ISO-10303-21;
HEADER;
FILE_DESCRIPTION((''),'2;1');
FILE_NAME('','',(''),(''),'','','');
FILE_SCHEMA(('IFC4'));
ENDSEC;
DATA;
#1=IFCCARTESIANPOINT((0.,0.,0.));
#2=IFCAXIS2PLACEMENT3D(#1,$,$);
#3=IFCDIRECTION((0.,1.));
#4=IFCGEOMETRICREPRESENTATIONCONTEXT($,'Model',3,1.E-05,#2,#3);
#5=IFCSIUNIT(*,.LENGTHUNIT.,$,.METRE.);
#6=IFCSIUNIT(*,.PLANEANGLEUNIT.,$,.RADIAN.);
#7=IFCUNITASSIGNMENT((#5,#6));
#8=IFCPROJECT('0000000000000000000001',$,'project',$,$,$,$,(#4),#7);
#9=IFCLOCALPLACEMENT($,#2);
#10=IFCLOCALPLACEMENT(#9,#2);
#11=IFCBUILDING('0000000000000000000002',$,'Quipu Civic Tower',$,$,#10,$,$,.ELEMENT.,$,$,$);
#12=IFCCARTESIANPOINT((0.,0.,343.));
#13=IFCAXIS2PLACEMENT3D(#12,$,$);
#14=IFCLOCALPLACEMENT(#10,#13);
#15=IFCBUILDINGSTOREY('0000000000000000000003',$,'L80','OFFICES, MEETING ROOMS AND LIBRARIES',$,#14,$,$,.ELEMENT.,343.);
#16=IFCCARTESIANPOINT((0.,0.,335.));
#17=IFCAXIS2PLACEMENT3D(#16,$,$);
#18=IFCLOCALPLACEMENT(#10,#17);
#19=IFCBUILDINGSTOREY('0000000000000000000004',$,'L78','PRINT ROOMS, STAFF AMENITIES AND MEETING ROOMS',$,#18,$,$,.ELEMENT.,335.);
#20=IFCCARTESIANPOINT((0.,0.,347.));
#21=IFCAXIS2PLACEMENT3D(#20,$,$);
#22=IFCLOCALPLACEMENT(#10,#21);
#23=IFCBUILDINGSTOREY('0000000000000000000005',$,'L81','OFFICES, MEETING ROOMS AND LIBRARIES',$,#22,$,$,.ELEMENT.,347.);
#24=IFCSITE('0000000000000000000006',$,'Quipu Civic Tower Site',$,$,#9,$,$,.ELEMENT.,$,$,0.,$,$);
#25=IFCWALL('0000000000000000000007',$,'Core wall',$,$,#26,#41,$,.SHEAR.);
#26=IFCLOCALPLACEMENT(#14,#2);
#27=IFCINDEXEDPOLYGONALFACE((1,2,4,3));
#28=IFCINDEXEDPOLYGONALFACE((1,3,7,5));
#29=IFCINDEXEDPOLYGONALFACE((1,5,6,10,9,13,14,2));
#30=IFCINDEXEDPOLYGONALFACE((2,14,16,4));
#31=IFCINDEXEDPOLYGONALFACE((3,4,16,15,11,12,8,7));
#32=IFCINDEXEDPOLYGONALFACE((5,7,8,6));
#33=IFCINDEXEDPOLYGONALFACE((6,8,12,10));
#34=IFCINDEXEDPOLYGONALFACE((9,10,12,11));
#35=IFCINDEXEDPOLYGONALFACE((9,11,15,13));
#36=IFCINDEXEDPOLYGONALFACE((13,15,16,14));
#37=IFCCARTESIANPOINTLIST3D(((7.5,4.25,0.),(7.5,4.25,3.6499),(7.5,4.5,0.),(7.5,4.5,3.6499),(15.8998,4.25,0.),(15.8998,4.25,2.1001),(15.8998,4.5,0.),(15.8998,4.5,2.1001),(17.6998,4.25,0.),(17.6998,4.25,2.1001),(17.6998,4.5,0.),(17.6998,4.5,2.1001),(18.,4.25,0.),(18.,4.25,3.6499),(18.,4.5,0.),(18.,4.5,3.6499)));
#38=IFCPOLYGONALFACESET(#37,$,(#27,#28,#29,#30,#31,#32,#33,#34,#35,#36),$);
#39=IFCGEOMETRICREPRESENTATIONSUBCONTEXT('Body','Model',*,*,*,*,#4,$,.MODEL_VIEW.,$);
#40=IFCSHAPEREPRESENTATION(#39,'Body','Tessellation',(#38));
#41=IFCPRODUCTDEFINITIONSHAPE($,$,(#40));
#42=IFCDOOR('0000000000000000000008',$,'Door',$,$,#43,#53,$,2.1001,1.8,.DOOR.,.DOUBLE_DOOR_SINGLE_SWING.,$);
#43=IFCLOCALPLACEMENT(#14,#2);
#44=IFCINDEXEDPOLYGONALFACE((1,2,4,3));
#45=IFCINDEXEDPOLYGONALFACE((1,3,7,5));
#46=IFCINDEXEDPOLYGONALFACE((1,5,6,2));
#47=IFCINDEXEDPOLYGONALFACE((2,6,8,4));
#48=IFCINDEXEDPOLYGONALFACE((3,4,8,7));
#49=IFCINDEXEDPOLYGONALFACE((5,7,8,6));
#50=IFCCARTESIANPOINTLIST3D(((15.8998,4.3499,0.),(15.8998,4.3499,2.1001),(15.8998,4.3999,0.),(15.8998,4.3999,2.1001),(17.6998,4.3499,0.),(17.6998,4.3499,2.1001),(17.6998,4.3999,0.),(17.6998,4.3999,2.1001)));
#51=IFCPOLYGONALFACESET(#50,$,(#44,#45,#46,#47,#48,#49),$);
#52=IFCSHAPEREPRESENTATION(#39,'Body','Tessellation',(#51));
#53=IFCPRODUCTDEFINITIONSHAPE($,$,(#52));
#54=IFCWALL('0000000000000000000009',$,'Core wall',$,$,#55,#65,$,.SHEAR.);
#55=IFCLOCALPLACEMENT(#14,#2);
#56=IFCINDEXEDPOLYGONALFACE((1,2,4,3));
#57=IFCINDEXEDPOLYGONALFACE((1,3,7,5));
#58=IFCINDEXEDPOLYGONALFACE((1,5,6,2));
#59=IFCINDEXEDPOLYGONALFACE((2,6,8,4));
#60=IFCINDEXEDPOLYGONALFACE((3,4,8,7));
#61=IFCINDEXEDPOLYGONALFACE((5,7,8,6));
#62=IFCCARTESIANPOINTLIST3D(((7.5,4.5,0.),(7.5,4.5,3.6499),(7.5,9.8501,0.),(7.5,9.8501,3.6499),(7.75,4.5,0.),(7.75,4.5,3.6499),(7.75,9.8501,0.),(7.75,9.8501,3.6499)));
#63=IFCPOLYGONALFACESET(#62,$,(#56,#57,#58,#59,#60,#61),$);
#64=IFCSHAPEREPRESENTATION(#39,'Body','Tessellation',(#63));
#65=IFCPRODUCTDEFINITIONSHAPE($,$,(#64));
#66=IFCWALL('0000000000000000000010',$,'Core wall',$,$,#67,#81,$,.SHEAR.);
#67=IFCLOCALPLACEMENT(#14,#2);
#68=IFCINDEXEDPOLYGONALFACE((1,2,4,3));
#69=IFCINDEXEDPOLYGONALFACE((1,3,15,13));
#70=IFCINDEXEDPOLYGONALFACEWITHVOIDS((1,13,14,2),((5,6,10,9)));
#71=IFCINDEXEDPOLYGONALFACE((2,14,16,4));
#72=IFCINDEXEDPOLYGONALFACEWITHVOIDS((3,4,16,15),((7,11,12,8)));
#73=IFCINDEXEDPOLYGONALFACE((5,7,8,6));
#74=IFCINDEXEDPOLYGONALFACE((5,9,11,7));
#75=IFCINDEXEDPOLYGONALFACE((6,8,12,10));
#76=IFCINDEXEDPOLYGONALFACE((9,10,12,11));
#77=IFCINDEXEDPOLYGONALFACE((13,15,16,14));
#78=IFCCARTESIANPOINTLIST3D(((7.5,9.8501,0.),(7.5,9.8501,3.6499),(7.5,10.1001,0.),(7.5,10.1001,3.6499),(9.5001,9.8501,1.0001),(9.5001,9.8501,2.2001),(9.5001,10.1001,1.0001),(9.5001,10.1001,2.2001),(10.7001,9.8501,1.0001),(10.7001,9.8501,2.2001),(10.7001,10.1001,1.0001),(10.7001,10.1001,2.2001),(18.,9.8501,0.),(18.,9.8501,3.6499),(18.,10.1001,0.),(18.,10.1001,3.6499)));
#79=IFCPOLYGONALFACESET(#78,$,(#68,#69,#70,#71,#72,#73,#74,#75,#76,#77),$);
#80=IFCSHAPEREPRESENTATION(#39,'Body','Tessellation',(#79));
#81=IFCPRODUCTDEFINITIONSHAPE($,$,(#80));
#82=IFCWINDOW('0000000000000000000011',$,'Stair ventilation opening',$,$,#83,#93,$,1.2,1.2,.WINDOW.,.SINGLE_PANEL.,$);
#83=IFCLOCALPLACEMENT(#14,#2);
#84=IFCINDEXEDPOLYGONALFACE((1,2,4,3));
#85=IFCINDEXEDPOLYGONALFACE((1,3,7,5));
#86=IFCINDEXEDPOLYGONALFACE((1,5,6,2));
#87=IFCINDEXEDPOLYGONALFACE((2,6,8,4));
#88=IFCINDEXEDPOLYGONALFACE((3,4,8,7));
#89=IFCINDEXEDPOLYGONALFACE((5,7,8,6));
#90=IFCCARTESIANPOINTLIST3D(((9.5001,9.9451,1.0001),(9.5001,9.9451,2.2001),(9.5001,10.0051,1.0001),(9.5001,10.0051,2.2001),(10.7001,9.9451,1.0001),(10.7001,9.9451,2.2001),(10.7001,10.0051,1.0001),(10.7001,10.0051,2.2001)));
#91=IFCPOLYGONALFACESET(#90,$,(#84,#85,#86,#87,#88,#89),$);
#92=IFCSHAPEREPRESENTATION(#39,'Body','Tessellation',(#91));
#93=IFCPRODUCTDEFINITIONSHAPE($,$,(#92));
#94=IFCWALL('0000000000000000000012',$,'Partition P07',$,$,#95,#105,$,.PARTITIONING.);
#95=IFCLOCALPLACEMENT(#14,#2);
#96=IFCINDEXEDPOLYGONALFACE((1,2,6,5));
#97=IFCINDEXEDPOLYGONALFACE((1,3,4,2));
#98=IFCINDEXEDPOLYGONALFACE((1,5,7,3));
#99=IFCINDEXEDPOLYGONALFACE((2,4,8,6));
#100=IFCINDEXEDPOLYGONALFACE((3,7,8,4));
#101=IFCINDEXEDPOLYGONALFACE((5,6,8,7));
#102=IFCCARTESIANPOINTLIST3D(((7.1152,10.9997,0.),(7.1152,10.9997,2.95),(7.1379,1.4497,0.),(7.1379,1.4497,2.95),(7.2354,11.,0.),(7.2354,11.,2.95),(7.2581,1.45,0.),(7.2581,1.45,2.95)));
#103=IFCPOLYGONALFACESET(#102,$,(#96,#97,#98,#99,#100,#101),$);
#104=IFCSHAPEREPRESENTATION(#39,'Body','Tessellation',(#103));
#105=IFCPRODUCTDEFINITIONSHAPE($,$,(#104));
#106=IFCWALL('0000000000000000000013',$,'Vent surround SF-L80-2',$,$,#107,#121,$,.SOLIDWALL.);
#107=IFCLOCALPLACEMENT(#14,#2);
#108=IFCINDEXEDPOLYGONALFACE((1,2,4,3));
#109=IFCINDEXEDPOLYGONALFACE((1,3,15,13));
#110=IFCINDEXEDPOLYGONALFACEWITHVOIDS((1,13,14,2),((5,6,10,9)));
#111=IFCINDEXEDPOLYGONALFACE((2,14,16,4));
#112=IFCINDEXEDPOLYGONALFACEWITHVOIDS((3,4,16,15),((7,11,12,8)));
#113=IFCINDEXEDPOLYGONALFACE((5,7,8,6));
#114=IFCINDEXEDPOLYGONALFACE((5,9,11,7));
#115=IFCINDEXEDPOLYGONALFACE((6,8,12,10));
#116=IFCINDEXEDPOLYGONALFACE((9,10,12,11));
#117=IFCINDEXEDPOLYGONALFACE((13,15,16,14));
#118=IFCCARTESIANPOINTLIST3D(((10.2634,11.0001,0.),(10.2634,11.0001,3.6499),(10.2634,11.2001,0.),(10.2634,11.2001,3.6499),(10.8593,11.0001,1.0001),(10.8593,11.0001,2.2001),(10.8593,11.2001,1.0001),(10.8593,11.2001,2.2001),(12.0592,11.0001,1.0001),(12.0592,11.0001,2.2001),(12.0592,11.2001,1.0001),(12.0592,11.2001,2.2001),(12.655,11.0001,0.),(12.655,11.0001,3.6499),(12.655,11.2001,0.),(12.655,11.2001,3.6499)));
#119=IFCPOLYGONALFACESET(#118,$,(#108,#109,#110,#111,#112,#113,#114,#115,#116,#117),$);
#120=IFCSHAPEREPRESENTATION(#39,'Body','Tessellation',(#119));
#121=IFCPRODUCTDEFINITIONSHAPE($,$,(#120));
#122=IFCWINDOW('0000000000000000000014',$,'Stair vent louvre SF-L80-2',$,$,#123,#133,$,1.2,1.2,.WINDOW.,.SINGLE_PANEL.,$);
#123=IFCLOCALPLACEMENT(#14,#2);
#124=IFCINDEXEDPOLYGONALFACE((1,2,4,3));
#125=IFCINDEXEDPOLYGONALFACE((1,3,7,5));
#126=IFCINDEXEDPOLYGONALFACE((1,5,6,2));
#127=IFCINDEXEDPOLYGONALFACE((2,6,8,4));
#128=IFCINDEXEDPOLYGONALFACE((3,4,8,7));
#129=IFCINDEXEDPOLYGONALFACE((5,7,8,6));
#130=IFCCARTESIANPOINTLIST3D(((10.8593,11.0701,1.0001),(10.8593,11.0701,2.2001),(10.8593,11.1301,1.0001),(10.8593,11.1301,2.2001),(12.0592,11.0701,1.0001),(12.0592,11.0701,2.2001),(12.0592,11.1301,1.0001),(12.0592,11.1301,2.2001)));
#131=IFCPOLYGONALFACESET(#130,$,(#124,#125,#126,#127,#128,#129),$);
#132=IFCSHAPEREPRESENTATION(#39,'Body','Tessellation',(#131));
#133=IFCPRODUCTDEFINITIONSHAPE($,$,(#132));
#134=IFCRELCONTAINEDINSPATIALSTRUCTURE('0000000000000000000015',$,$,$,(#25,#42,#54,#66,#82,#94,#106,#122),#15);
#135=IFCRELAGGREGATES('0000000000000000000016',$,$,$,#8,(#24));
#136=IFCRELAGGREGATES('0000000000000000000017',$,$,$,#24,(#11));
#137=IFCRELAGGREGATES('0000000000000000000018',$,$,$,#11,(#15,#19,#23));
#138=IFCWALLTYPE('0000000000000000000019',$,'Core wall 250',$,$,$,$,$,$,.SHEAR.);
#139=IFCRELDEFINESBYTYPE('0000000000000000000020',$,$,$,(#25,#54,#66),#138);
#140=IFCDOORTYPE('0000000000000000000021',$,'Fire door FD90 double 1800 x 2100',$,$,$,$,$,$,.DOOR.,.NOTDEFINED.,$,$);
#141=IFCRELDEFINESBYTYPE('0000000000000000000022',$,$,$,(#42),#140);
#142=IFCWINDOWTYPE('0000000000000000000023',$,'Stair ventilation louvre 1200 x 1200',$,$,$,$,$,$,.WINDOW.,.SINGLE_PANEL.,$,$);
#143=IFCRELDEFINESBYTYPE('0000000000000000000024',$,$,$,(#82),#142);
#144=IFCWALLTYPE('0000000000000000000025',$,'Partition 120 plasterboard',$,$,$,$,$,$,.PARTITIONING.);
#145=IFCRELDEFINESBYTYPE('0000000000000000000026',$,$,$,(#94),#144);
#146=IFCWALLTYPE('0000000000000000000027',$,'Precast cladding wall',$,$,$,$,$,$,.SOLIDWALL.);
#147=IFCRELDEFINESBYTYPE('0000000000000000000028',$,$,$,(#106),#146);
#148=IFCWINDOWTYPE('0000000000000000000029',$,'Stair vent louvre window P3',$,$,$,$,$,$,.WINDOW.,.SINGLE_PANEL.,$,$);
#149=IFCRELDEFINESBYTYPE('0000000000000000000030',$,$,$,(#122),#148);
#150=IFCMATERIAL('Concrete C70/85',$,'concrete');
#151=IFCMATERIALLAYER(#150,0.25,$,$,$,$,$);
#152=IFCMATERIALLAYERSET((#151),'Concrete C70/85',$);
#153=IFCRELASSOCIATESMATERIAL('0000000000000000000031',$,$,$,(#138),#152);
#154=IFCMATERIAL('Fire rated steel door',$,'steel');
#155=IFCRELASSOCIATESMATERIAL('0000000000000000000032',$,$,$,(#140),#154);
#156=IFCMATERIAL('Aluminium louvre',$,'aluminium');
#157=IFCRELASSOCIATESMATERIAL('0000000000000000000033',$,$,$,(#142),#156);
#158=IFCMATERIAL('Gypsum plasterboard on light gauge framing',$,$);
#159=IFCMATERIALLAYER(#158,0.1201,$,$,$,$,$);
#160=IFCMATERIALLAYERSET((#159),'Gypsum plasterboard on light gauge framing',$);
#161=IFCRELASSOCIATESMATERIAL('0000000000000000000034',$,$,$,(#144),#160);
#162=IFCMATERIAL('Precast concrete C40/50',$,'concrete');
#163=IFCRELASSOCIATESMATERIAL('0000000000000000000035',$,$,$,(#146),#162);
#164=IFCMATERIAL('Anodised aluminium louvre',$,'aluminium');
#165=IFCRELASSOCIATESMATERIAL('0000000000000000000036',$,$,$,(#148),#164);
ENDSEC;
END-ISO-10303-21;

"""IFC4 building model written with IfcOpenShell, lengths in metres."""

from ifc_helpers import new_model, si_unit, direction, frame, frame_2d, origin, place, context, subcontext, project, spatial, rectangle, extrude, material, layer, layer_set, type_object, element, fill, save


model = new_model("IFC4")

# Units and contexts
model_context = context("Model", 3, precision=1e-05, world=origin(), true_north=direction((0.0, 1.0)))
body_context = subcontext(model_context, "Body", "Model", "MODEL_VIEW")
ifc_project = project(units=[si_unit("LENGTHUNIT", "METRE"), si_unit("PLANEANGLEUNIT", "RADIAN")], contexts=[model_context])

# Site, building, storey
site_placement = place(None, origin())
site = spatial("IfcSite", under=ifc_project, at=site_placement, Name="Quipu Civic Tower Site", CompositionType="ELEMENT", RefElevation=0.0)
building_placement = place(site_placement, origin())
building = spatial("IfcBuilding", under=site, at=building_placement, Name="Quipu Civic Tower", CompositionType="ELEMENT")
storey_1_placement = place(building_placement, frame((0.0, 0.0, 343.0)))
storey_1 = spatial("IfcBuildingStorey", under=building, at=storey_1_placement, Name="L80", Description="OFFICES, MEETING ROOMS AND LIBRARIES", CompositionType="ELEMENT", Elevation=343.0)

# Shared definitions
storey_2_placement = place(building_placement, frame((0.0, 0.0, 335.0)))
storey_2 = spatial("IfcBuildingStorey", under=building, at=storey_2_placement, Name="L78", Description="PRINT ROOMS, STAFF AMENITIES AND MEETING ROOMS", CompositionType="ELEMENT", Elevation=335.0)

# Shared definitions
storey_3_placement = place(building_placement, frame((0.0, 0.0, 347.0)))
storey_3 = spatial("IfcBuildingStorey", under=building, at=storey_3_placement, Name="L81", Description="OFFICES, MEETING ROOMS AND LIBRARIES", CompositionType="ELEMENT", Elevation=347.0)

# Wall, opening, door
ifc_material_1 = material(Name="Concrete C70/85", Category="concrete")
ifc_layer_1 = layer(ifc_material_1, 0.25)
ifc_layer_set_1 = layer_set([ifc_layer_1], Name="Concrete C70/85")
wall_type_1 = type_object("IfcWallType", Name="Core wall 250", PredefinedType="SHEAR", material=ifc_layer_set_1)
wall_1_placement = place(storey_1_placement, frame((7.5, 4.375, 0.0), z_axis=(0.0, 0.0, 1.0), x_axis=(1.0, 0.0, 0.0)))
wall_1 = element("IfcWall", 1, at=wall_1_placement, inside=storey_1, type_object=wall_type_1, Name="Core wall", PredefinedType="SHEAR", context=body_context, shape_type="SweptSolid", body=[
    extrude(rectangle(XDim=10.5, YDim=0.25, at=frame_2d((5.25, 0.0))), origin(), (0.0, 0.0, 1.0), 3.6499),
])
opening_1_placement = place(wall_1_placement, frame((8.3999, 0.0, 0.0)))
opening_1 = element("IfcOpeningElement", 2, at=opening_1_placement, cuts=wall_1, PredefinedType="OPENING", context=body_context, shape_type="SweptSolid", body=[
    extrude(rectangle(XDim=1.8, YDim=2.1001, at=frame_2d((0.8999, 1.05))), frame((0.0, 0.135, 0.0), z_axis=(0.0, -1.0, 0.0), x_axis=(1.0, 0.0, 0.0)), (0.0, 0.0, 1.0), 0.27),
])
ifc_material_2 = material(Name="Fire rated steel door", Category="steel")
door_type = type_object("IfcDoorType", Name="Fire door FD90 double 1800 x 2100", OperationType="NOTDEFINED", PredefinedType="DOOR", material=ifc_material_2)
door_placement = place(opening_1_placement, origin())
door = element("IfcDoor", 3, at=door_placement, inside=storey_1, type_object=door_type, Name="Door", OperationType="DOUBLE_DOOR_SINGLE_SWING", OverallHeight=2.1001, OverallWidth=1.8, PredefinedType="DOOR", context=body_context, shape_type="SweptSolid", body=[
    extrude(rectangle(XDim=1.8, YDim=2.1001, at=frame_2d((0.8999, 1.05))), frame((0.0, 0.0249, 0.0), z_axis=(0.0, -1.0, 0.0), x_axis=(1.0, 0.0, 0.0)), (0.0, 0.0, 1.0), 0.05),
])
fill(opening_1, door)

# Wall
wall_2_placement = place(storey_1_placement, frame((7.625, 4.5, 0.0), z_axis=(0.0, 0.0, 1.0), x_axis=(0.0, 1.0, 0.0)))
element("IfcWall", 4, at=wall_2_placement, inside=storey_1, type_object=wall_type_1, Name="Core wall", PredefinedType="SHEAR", context=body_context, shape_type="SweptSolid", body=[
    extrude(rectangle(XDim=5.3501, YDim=0.25, at=frame_2d((2.675, 0.0))), origin(), (0.0, 0.0, 1.0), 3.6499),
])

# Wall, opening, window
wall_3_placement = place(storey_1_placement, frame((7.5, 9.9751, 0.0), z_axis=(0.0, 0.0, 1.0), x_axis=(1.0, 0.0, 0.0)))
wall_3 = element("IfcWall", 5, at=wall_3_placement, inside=storey_1, type_object=wall_type_1, Name="Core wall", PredefinedType="SHEAR", context=body_context, shape_type="SweptSolid", body=[
    extrude(rectangle(XDim=10.5, YDim=0.25, at=frame_2d((5.25, 0.0))), origin(), (0.0, 0.0, 1.0), 3.6499),
])
opening_2_placement = place(wall_3_placement, frame((2.0, 0.0, 1.0)))
opening_2 = element("IfcOpeningElement", 6, at=opening_2_placement, cuts=wall_3, PredefinedType="OPENING", context=body_context, shape_type="SweptSolid", body=[
    extrude(rectangle(XDim=1.2, YDim=1.2, at=frame_2d((0.6001, 0.6001))), frame((0.0, 0.135, 0.0), z_axis=(0.0, -1.0, 0.0), x_axis=(1.0, 0.0, 0.0)), (0.0, 0.0, 1.0), 0.27),
])
ifc_material_3 = material(Name="Aluminium louvre", Category="aluminium")
window_type_1 = type_object("IfcWindowType", Name="Stair ventilation louvre 1200 x 1200", PartitioningType="SINGLE_PANEL", PredefinedType="WINDOW", material=ifc_material_3)
window_1_placement = place(opening_2_placement, origin())
window_1 = element("IfcWindow", 7, at=window_1_placement, inside=storey_1, type_object=window_type_1, Name="Stair ventilation opening", OverallHeight=1.2, OverallWidth=1.2, PartitioningType="SINGLE_PANEL", PredefinedType="WINDOW", context=body_context, shape_type="SweptSolid", body=[
    extrude(rectangle(XDim=1.2, YDim=1.2, at=frame_2d((0.6001, 0.6001))), frame((0.0, 0.03, 0.0), z_axis=(0.0, -1.0, 0.0), x_axis=(1.0, 0.0, 0.0)), (0.0, 0.0, 1.0), 0.0601),
])
fill(opening_2, window_1)

# Wall
ifc_material_4 = material(Name="Gypsum plasterboard on light gauge framing")
ifc_layer_2 = layer(ifc_material_4, 0.1201)
ifc_layer_set_2 = layer_set([ifc_layer_2], Name="Gypsum plasterboard on light gauge framing")
wall_type_2 = type_object("IfcWallType", Name="Partition 120 plasterboard", PredefinedType="PARTITIONING", material=ifc_layer_set_2)
wall_4_placement = place(storey_1_placement, frame((7.198, 1.45, 0.0), z_axis=(0.0, 0.0, 1.0), x_axis=(-0.002377, 0.999997, 0.0)))
element("IfcWall", 8, at=wall_4_placement, inside=storey_1, type_object=wall_type_2, Name="Partition P07", PredefinedType="PARTITIONING", context=body_context, shape_type="SweptSolid", body=[
    extrude(rectangle(XDim=9.55, YDim=0.1201, at=frame_2d((4.7749, 0.0))), origin(), (0.0, 0.0, 1.0), 2.95),
])

# Wall, opening, window
ifc_material_5 = material(Name="Precast concrete C40/50", Category="concrete")
wall_type_3 = type_object("IfcWallType", Name="Precast cladding wall", PredefinedType="SOLIDWALL", material=ifc_material_5)
wall_5_placement = place(storey_1_placement, frame((12.655, 11.1001, 0.0), z_axis=(0.0, 0.0, 1.0), x_axis=(-1.0, 0.0, 0.0)))
wall_5 = element("IfcWall", 9, at=wall_5_placement, inside=storey_1, type_object=wall_type_3, Name="Vent surround SF-L80-2", PredefinedType="SOLIDWALL", context=body_context, shape_type="SweptSolid", body=[
    extrude(rectangle(XDim=2.3916, YDim=0.2, at=frame_2d((1.1958, 0.0))), origin(), (0.0, 0.0, 1.0), 3.6499),
])
opening_3_placement = place(wall_5_placement, frame((0.5957, 0.0, 1.0)))
opening_3 = element("IfcOpeningElement", 10, at=opening_3_placement, cuts=wall_5, PredefinedType="OPENING", context=body_context, shape_type="SweptSolid", body=[
    extrude(rectangle(XDim=1.2, YDim=1.2, at=frame_2d((0.6001, 0.6001))), frame((0.0, 0.1099, 0.0), z_axis=(0.0, -1.0, 0.0), x_axis=(1.0, 0.0, 0.0)), (0.0, 0.0, 1.0), 0.22),
])
ifc_material_6 = material(Name="Anodised aluminium louvre", Category="aluminium")
window_type_2 = type_object("IfcWindowType", Name="Stair vent louvre window P3", PartitioningType="SINGLE_PANEL", PredefinedType="WINDOW", material=ifc_material_6)
window_2_placement = place(opening_3_placement, origin())
window_2 = element("IfcWindow", 11, at=window_2_placement, inside=storey_1, type_object=window_type_2, Name="Stair vent louvre SF-L80-2", OverallHeight=1.2, OverallWidth=1.2, PartitioningType="SINGLE_PANEL", PredefinedType="WINDOW", context=body_context, shape_type="SweptSolid", body=[
    extrude(rectangle(XDim=1.2, YDim=1.2, at=frame_2d((0.6001, 0.6001))), frame((0.0, 0.03, 0.0), z_axis=(0.0, -1.0, 0.0), x_axis=(1.0, 0.0, 0.0)), (0.0, 0.0, 1.0), 0.0601),
])
fill(opening_3, window_2)

save(model, "model.ifc")
